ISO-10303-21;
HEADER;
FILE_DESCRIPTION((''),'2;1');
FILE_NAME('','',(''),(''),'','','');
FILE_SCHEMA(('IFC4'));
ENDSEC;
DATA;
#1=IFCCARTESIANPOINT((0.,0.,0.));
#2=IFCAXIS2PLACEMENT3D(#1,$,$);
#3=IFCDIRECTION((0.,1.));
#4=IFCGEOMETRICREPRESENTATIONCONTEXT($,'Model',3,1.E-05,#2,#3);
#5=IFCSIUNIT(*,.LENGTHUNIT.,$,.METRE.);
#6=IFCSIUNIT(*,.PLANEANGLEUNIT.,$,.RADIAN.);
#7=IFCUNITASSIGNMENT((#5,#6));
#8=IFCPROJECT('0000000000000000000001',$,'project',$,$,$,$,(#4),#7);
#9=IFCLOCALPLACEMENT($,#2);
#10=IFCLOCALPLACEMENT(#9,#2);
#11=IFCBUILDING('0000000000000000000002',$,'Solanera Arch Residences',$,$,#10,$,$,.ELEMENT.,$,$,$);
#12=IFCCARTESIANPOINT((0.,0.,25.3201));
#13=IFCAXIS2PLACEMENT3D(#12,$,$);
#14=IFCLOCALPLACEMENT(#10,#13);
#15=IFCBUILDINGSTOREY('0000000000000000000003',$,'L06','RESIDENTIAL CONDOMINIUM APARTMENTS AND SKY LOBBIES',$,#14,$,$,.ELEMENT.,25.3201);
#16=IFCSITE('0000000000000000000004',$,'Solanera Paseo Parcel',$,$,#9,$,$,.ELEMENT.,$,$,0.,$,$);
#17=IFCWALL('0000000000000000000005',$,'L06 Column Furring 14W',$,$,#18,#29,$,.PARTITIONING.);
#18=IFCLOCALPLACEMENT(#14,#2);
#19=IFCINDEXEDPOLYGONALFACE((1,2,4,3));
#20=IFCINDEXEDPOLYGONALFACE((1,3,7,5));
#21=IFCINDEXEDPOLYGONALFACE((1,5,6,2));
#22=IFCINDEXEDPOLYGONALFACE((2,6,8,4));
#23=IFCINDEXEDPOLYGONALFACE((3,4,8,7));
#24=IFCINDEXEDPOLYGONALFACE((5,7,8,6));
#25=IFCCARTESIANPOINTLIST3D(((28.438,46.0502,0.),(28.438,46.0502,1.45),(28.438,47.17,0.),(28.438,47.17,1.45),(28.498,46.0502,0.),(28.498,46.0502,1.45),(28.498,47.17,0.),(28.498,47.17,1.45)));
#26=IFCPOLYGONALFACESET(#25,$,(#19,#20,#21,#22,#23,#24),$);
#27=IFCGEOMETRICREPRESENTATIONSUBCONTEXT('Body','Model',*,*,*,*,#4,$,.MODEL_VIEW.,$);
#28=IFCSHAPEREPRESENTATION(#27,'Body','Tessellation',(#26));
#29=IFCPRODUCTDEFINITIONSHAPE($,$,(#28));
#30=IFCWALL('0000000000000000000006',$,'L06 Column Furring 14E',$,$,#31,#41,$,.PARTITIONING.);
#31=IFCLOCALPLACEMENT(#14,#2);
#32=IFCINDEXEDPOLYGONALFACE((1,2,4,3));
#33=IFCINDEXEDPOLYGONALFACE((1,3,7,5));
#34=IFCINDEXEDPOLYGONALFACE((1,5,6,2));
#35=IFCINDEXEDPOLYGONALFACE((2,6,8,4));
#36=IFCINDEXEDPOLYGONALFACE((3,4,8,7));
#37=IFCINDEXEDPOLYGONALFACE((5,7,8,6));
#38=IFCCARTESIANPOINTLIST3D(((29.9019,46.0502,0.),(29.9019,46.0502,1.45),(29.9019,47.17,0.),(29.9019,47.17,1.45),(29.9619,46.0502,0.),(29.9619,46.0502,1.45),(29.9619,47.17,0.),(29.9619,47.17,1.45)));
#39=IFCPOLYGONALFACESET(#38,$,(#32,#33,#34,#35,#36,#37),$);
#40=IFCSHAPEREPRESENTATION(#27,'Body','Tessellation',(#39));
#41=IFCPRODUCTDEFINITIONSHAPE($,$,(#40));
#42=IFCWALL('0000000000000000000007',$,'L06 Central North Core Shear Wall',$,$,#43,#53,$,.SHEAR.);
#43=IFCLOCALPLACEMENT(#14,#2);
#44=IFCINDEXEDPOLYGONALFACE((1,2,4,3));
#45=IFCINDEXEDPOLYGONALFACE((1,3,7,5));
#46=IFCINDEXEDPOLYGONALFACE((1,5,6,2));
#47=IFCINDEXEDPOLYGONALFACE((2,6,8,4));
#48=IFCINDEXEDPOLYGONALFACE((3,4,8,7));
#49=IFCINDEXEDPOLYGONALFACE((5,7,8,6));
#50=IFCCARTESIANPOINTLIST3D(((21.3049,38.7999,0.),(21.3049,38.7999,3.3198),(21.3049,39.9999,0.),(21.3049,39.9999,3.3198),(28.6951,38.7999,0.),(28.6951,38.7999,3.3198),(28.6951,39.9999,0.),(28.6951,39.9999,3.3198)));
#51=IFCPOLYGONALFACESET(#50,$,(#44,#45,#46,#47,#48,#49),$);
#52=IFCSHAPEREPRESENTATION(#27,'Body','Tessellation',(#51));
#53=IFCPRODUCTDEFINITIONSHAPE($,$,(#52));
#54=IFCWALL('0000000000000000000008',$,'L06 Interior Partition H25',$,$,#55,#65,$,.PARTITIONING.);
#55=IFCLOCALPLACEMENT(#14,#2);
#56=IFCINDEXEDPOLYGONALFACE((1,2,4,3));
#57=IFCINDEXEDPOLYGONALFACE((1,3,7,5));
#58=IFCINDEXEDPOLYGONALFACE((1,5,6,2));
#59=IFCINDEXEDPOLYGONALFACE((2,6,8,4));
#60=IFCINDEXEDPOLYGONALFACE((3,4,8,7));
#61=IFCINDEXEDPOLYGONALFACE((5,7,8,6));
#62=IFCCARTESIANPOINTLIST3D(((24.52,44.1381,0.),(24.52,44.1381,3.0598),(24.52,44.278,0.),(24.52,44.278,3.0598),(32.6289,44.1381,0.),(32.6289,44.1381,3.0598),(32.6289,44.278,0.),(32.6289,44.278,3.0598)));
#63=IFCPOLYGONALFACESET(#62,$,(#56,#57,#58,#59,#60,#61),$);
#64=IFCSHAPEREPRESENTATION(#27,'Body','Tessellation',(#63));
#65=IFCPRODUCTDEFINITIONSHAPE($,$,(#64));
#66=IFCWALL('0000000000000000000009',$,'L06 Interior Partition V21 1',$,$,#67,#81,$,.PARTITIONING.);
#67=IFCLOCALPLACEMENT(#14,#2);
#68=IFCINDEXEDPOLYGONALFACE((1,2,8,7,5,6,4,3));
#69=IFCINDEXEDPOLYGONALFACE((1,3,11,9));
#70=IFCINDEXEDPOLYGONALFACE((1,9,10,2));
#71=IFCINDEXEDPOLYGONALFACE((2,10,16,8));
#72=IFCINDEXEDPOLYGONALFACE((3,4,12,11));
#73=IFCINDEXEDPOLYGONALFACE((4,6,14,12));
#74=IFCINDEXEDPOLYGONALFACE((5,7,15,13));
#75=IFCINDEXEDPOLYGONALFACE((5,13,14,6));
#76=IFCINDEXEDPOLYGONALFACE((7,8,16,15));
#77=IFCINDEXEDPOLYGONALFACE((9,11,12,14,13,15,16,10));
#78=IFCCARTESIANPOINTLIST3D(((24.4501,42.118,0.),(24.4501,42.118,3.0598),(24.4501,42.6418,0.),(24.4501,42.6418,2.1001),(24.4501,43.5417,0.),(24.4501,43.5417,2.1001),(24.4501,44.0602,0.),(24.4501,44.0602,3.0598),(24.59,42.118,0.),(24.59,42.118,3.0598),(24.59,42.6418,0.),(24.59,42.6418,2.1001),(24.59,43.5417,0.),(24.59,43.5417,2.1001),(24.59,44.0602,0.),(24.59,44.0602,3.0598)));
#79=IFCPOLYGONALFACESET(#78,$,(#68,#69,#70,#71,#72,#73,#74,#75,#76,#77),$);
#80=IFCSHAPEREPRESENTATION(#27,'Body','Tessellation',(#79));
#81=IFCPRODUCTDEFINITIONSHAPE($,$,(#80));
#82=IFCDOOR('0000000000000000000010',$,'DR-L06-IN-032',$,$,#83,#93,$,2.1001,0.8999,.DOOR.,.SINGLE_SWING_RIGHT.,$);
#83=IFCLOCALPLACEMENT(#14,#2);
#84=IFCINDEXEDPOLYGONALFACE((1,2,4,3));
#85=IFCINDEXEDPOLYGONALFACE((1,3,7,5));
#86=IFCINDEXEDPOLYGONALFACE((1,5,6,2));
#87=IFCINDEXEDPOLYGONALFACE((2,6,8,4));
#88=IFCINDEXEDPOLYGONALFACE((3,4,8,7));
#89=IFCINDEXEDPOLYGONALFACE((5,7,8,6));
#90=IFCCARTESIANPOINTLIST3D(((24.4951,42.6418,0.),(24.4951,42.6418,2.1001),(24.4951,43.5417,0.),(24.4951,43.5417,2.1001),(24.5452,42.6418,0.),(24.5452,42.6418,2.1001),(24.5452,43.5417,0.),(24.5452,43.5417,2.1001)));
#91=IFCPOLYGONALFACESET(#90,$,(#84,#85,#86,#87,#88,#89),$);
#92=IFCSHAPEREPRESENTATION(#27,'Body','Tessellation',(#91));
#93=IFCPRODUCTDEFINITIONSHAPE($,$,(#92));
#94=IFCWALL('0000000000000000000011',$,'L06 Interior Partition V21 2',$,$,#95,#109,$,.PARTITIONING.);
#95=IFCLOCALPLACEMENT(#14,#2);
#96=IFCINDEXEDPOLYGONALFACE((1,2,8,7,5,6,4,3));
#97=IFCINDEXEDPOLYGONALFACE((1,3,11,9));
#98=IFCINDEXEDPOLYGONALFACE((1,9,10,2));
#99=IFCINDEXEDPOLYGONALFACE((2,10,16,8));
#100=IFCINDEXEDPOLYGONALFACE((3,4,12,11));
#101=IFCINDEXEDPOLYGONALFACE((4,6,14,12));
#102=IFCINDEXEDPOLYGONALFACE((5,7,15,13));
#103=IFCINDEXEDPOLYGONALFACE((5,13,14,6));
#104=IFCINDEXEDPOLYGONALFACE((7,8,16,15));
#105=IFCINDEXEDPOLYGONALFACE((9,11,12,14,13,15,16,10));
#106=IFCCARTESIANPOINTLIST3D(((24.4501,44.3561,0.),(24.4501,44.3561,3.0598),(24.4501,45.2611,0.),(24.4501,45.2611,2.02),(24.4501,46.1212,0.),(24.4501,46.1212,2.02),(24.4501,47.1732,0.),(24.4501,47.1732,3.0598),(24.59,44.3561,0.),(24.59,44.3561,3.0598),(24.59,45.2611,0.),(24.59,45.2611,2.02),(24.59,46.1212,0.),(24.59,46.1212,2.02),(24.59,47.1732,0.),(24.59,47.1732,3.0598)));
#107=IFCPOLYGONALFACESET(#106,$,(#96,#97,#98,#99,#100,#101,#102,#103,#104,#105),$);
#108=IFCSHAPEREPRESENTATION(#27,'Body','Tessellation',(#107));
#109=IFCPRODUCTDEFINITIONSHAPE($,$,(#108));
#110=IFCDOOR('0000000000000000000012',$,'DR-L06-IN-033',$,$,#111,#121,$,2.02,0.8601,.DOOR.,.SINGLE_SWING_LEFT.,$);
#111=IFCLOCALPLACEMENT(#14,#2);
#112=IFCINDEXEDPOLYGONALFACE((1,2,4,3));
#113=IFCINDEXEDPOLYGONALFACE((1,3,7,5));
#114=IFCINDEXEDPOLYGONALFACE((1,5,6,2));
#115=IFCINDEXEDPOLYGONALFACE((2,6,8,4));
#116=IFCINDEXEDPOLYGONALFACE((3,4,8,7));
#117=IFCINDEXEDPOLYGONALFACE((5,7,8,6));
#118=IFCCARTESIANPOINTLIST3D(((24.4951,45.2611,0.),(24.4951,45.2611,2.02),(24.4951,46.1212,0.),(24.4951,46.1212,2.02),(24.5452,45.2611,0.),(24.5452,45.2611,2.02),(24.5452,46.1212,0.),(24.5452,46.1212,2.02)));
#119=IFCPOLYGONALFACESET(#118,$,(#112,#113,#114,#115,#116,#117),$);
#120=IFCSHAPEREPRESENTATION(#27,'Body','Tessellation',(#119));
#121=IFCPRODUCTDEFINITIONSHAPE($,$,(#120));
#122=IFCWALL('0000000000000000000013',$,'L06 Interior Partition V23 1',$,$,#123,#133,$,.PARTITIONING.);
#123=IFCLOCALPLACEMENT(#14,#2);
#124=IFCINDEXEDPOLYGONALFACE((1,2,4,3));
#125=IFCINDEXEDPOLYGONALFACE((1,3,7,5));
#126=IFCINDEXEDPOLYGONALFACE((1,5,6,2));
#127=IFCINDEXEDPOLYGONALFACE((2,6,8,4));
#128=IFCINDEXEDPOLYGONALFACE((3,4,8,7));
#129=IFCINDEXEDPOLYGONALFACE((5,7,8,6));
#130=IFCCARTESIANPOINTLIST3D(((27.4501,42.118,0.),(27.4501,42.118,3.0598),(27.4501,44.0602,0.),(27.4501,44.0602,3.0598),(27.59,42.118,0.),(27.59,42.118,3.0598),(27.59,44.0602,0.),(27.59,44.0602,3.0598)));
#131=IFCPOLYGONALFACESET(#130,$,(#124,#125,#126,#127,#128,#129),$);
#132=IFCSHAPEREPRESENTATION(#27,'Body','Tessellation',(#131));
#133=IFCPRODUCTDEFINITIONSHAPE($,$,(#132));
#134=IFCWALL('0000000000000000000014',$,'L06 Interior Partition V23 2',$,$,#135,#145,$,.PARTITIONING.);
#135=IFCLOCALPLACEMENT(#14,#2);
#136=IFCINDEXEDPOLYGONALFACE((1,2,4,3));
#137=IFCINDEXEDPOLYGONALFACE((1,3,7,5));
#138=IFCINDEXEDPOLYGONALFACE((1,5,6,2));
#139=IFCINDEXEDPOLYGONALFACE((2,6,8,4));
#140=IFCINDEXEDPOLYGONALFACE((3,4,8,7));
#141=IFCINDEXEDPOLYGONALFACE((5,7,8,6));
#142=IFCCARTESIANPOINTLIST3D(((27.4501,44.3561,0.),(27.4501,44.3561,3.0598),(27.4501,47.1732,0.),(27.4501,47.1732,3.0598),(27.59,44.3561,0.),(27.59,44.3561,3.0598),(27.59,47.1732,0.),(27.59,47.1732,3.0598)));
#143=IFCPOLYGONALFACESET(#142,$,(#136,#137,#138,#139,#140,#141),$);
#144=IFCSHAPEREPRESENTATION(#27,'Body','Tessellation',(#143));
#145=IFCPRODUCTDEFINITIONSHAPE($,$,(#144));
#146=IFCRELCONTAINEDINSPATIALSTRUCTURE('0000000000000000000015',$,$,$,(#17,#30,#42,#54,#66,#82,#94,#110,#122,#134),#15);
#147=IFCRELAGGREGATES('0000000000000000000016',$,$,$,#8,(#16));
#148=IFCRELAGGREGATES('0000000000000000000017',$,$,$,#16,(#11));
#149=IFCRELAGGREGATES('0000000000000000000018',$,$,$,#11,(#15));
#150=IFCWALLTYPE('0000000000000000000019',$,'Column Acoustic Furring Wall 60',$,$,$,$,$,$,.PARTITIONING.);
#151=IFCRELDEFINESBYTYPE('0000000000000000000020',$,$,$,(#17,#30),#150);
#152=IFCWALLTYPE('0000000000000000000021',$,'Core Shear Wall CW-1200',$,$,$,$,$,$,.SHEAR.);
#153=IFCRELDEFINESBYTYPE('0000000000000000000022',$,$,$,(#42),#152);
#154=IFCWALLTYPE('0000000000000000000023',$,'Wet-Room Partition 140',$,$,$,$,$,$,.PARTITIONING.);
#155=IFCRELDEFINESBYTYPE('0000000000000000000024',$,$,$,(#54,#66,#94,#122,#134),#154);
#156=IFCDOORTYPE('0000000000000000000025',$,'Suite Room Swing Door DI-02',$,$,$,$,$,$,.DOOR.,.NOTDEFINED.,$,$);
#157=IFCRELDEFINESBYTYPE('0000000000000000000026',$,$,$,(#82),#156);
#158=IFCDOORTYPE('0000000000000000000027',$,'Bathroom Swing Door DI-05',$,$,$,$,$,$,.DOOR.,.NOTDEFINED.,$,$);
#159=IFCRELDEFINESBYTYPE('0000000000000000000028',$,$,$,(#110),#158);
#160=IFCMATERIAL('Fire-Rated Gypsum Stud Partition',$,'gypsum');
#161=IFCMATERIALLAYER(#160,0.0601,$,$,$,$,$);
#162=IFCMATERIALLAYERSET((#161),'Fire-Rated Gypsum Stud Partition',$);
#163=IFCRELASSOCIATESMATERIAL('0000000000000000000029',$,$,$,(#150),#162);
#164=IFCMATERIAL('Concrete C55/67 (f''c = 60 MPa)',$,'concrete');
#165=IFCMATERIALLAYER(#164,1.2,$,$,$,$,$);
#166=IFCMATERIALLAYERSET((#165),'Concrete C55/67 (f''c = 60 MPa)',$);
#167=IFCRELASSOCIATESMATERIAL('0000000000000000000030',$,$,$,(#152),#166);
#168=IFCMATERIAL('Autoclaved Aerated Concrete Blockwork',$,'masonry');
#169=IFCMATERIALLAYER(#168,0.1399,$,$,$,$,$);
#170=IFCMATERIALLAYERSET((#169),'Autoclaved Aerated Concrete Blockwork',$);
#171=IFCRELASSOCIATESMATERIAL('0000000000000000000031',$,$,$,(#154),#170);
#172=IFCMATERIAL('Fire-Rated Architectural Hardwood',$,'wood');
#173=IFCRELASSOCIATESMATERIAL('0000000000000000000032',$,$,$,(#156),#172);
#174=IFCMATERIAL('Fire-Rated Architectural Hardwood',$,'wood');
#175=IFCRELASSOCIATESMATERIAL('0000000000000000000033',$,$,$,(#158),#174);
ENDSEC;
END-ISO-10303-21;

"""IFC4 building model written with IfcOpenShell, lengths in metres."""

from ifc_helpers import new_model, si_unit, direction, frame, frame_2d, origin, place, context, subcontext, project, spatial, rectangle, extrude, material, layer, layer_set, type_object, element, fill, save


model = new_model("IFC4")

# Units and contexts
model_context = context("Model", 3, precision=1e-05, world=origin(), true_north=direction((0.0, 1.0)))
body_context = subcontext(model_context, "Body", "Model", "MODEL_VIEW")
ifc_project = project(units=[si_unit("LENGTHUNIT", "METRE"), si_unit("PLANEANGLEUNIT", "RADIAN")], contexts=[model_context])

# Site, building, storey
site_placement = place(None, origin())
site = spatial("IfcSite", under=ifc_project, at=site_placement, Name="Solanera Paseo Parcel", CompositionType="ELEMENT", RefElevation=0.0)
building_placement = place(site_placement, origin())
building = spatial("IfcBuilding", under=site, at=building_placement, Name="Solanera Arch Residences", CompositionType="ELEMENT")
storey_placement = place(building_placement, frame((0.0, 0.0, 25.3201)))
storey = spatial("IfcBuildingStorey", under=building, at=storey_placement, Name="L06", Description="RESIDENTIAL CONDOMINIUM APARTMENTS AND SKY LOBBIES", CompositionType="ELEMENT", Elevation=25.3201)

# Walls
ifc_material_1 = material(Name="Fire-Rated Gypsum Stud Partition", Category="gypsum")
ifc_layer_1 = layer(ifc_material_1, 0.0601)
ifc_layer_set_1 = layer_set([ifc_layer_1], Name="Fire-Rated Gypsum Stud Partition")
wall_type_1 = type_object("IfcWallType", Name="Column Acoustic Furring Wall 60", PredefinedType="PARTITIONING", material=ifc_layer_set_1)
for number, where, z_axis, x_axis, name in (
    (1, (28.468, 46.05, 0.0), (0.0, 0.0, 1.0), (0.0, 1.0, 0.0), "L06 Column Furring 14W"),
    (2, (29.9319, 46.05, 0.0), (0.0, 0.0, 1.0), (0.0, 1.0, 0.0), "L06 Column Furring 14E"),
):
    element("IfcWall", number, at=place(storey_placement, frame(where, z_axis=z_axis, x_axis=x_axis)), inside=storey, type_object=wall_type_1, Name=name, PredefinedType="PARTITIONING", context=body_context, shape_type="SweptSolid", body=[
        extrude(rectangle(XDim=1.1199, YDim=0.0601, at=frame_2d((0.5601, 0.0))), origin(), (0.0, 0.0, 1.0), 1.45),
    ])
ifc_material_2 = material(Name="Concrete C55/67 (f'c = 60 MPa)", Category="concrete")
ifc_layer_2 = layer(ifc_material_2, 1.2)
ifc_layer_set_2 = layer_set([ifc_layer_2], Name="Concrete C55/67 (f'c = 60 MPa)")
wall_type_2 = type_object("IfcWallType", Name="Core Shear Wall CW-1200", PredefinedType="SHEAR", material=ifc_layer_set_2)
wall_1_placement = place(storey_placement, frame((21.3049, 39.3999, 0.0), z_axis=(0.0, 0.0, 1.0), x_axis=(1.0, 0.0, 0.0)))
element("IfcWall", 3, at=wall_1_placement, inside=storey, type_object=wall_type_2, Name="L06 Central North Core Shear Wall", PredefinedType="SHEAR", context=body_context, shape_type="SweptSolid", body=[
    extrude(rectangle(XDim=7.3901, YDim=1.2, at=frame_2d((3.6951, 0.0))), origin(), (0.0, 0.0, 1.0), 3.3198),
])
ifc_material_3 = material(Name="Autoclaved Aerated Concrete Blockwork", Category="masonry")
ifc_layer_3 = layer(ifc_material_3, 0.1399)
ifc_layer_set_3 = layer_set([ifc_layer_3], Name="Autoclaved Aerated Concrete Blockwork")
wall_type_3 = type_object("IfcWallType", Name="Wet-Room Partition 140", PredefinedType="PARTITIONING", material=ifc_layer_set_3)
wall_2_placement = place(storey_placement, frame((24.52, 44.208, 0.0), z_axis=(0.0, 0.0, 1.0), x_axis=(1.0, 0.0, 0.0)))
element("IfcWall", 4, at=wall_2_placement, inside=storey, type_object=wall_type_3, Name="L06 Interior Partition H25", PredefinedType="PARTITIONING", context=body_context, shape_type="SweptSolid", body=[
    extrude(rectangle(XDim=8.1089, YDim=0.1399, at=frame_2d((4.0544, 0.0))), origin(), (0.0, 0.0, 1.0), 3.0598),
])

# Walls, openings, doors
wall_3_placement = place(storey_placement, frame((24.52, 42.1179, 0.0), z_axis=(0.0, 0.0, 1.0), x_axis=(0.0, 1.0, 0.0)))
wall_3 = element("IfcWall", 5, at=wall_3_placement, inside=storey, type_object=wall_type_3, Name="L06 Interior Partition V21 1", PredefinedType="PARTITIONING", context=body_context, shape_type="SweptSolid", body=[
    extrude(rectangle(XDim=1.9421, YDim=0.1399, at=frame_2d((0.9712, 0.0))), origin(), (0.0, 0.0, 1.0), 3.0598),
])
opening_1_placement = place(wall_3_placement, frame((0.5239, 0.0, 0.0)))
opening_1 = element("IfcOpeningElement", 6, at=opening_1_placement, cuts=wall_3, PredefinedType="OPENING", context=body_context, shape_type="SweptSolid", body=[
    extrude(rectangle(XDim=0.8999, YDim=2.1001, at=frame_2d((0.45, 1.05))), frame((0.0, 0.0798, 0.0), z_axis=(0.0, -1.0, 0.0), x_axis=(1.0, 0.0, 0.0)), (0.0, 0.0, 1.0), 0.1599),
])
ifc_material_4 = material(Name="Fire-Rated Architectural Hardwood", Category="wood")
door_type_1 = type_object("IfcDoorType", Name="Suite Room Swing Door DI-02", OperationType="NOTDEFINED", PredefinedType="DOOR", material=ifc_material_4)
door_1_placement = place(opening_1_placement, origin())
door_1 = element("IfcDoor", 7, at=door_1_placement, inside=storey, type_object=door_type_1, Name="DR-L06-IN-032", OperationType="SINGLE_SWING_RIGHT", OverallHeight=2.1001, OverallWidth=0.8999, PredefinedType="DOOR", context=body_context, shape_type="SweptSolid", body=[
    extrude(rectangle(XDim=0.8999, YDim=2.1001, at=frame_2d((0.45, 1.05))), frame((0.0, 0.0249, 0.0), z_axis=(0.0, -1.0, 0.0), x_axis=(1.0, 0.0, 0.0)), (0.0, 0.0, 1.0), 0.05),
])
fill(opening_1, door_1)
wall_4_placement = place(storey_placement, frame((24.52, 44.356, 0.0), z_axis=(0.0, 0.0, 1.0), x_axis=(0.0, 1.0, 0.0)))
wall_4 = element("IfcWall", 8, at=wall_4_placement, inside=storey, type_object=wall_type_3, Name="L06 Interior Partition V21 2", PredefinedType="PARTITIONING", context=body_context, shape_type="SweptSolid", body=[
    extrude(rectangle(XDim=2.8171, YDim=0.1399, at=frame_2d((1.4087, 0.0))), origin(), (0.0, 0.0, 1.0), 3.0598),
])
opening_2_placement = place(wall_4_placement, frame((0.905, 0.0, 0.0)))
opening_2 = element("IfcOpeningElement", 9, at=opening_2_placement, cuts=wall_4, PredefinedType="OPENING", context=body_context, shape_type="SweptSolid", body=[
    extrude(rectangle(XDim=0.8601, YDim=2.02, at=frame_2d((0.4302, 1.01))), frame((0.0, 0.0798, 0.0), z_axis=(0.0, -1.0, 0.0), x_axis=(1.0, 0.0, 0.0)), (0.0, 0.0, 1.0), 0.1599),
])
ifc_material_5 = material(Name="Fire-Rated Architectural Hardwood", Category="wood")
door_type_2 = type_object("IfcDoorType", Name="Bathroom Swing Door DI-05", OperationType="NOTDEFINED", PredefinedType="DOOR", material=ifc_material_5)
door_2_placement = place(opening_2_placement, origin())
door_2 = element("IfcDoor", 10, at=door_2_placement, inside=storey, type_object=door_type_2, Name="DR-L06-IN-033", OperationType="SINGLE_SWING_LEFT", OverallHeight=2.02, OverallWidth=0.8601, PredefinedType="DOOR", context=body_context, shape_type="SweptSolid", body=[
    extrude(rectangle(XDim=0.8601, YDim=2.02, at=frame_2d((0.4302, 1.01))), frame((0.0, 0.0249, 0.0), z_axis=(0.0, -1.0, 0.0), x_axis=(1.0, 0.0, 0.0)), (0.0, 0.0, 1.0), 0.05),
])
fill(opening_2, door_2)

# Walls
wall_5_placement = place(storey_placement, frame((27.52, 42.1179, 0.0), z_axis=(0.0, 0.0, 1.0), x_axis=(0.0, 1.0, 0.0)))
element("IfcWall", 11, at=wall_5_placement, inside=storey, type_object=wall_type_3, Name="L06 Interior Partition V23 1", PredefinedType="PARTITIONING", context=body_context, shape_type="SweptSolid", body=[
    extrude(rectangle(XDim=1.9421, YDim=0.1399, at=frame_2d((0.9712, 0.0))), origin(), (0.0, 0.0, 1.0), 3.0598),
])
wall_6_placement = place(storey_placement, frame((27.52, 44.356, 0.0), z_axis=(0.0, 0.0, 1.0), x_axis=(0.0, 1.0, 0.0)))
element("IfcWall", 12, at=wall_6_placement, inside=storey, type_object=wall_type_3, Name="L06 Interior Partition V23 2", PredefinedType="PARTITIONING", context=body_context, shape_type="SweptSolid", body=[
    extrude(rectangle(XDim=2.8171, YDim=0.1399, at=frame_2d((1.4087, 0.0))), origin(), (0.0, 0.0, 1.0), 3.0598),
])

save(model, "model.ifc")
